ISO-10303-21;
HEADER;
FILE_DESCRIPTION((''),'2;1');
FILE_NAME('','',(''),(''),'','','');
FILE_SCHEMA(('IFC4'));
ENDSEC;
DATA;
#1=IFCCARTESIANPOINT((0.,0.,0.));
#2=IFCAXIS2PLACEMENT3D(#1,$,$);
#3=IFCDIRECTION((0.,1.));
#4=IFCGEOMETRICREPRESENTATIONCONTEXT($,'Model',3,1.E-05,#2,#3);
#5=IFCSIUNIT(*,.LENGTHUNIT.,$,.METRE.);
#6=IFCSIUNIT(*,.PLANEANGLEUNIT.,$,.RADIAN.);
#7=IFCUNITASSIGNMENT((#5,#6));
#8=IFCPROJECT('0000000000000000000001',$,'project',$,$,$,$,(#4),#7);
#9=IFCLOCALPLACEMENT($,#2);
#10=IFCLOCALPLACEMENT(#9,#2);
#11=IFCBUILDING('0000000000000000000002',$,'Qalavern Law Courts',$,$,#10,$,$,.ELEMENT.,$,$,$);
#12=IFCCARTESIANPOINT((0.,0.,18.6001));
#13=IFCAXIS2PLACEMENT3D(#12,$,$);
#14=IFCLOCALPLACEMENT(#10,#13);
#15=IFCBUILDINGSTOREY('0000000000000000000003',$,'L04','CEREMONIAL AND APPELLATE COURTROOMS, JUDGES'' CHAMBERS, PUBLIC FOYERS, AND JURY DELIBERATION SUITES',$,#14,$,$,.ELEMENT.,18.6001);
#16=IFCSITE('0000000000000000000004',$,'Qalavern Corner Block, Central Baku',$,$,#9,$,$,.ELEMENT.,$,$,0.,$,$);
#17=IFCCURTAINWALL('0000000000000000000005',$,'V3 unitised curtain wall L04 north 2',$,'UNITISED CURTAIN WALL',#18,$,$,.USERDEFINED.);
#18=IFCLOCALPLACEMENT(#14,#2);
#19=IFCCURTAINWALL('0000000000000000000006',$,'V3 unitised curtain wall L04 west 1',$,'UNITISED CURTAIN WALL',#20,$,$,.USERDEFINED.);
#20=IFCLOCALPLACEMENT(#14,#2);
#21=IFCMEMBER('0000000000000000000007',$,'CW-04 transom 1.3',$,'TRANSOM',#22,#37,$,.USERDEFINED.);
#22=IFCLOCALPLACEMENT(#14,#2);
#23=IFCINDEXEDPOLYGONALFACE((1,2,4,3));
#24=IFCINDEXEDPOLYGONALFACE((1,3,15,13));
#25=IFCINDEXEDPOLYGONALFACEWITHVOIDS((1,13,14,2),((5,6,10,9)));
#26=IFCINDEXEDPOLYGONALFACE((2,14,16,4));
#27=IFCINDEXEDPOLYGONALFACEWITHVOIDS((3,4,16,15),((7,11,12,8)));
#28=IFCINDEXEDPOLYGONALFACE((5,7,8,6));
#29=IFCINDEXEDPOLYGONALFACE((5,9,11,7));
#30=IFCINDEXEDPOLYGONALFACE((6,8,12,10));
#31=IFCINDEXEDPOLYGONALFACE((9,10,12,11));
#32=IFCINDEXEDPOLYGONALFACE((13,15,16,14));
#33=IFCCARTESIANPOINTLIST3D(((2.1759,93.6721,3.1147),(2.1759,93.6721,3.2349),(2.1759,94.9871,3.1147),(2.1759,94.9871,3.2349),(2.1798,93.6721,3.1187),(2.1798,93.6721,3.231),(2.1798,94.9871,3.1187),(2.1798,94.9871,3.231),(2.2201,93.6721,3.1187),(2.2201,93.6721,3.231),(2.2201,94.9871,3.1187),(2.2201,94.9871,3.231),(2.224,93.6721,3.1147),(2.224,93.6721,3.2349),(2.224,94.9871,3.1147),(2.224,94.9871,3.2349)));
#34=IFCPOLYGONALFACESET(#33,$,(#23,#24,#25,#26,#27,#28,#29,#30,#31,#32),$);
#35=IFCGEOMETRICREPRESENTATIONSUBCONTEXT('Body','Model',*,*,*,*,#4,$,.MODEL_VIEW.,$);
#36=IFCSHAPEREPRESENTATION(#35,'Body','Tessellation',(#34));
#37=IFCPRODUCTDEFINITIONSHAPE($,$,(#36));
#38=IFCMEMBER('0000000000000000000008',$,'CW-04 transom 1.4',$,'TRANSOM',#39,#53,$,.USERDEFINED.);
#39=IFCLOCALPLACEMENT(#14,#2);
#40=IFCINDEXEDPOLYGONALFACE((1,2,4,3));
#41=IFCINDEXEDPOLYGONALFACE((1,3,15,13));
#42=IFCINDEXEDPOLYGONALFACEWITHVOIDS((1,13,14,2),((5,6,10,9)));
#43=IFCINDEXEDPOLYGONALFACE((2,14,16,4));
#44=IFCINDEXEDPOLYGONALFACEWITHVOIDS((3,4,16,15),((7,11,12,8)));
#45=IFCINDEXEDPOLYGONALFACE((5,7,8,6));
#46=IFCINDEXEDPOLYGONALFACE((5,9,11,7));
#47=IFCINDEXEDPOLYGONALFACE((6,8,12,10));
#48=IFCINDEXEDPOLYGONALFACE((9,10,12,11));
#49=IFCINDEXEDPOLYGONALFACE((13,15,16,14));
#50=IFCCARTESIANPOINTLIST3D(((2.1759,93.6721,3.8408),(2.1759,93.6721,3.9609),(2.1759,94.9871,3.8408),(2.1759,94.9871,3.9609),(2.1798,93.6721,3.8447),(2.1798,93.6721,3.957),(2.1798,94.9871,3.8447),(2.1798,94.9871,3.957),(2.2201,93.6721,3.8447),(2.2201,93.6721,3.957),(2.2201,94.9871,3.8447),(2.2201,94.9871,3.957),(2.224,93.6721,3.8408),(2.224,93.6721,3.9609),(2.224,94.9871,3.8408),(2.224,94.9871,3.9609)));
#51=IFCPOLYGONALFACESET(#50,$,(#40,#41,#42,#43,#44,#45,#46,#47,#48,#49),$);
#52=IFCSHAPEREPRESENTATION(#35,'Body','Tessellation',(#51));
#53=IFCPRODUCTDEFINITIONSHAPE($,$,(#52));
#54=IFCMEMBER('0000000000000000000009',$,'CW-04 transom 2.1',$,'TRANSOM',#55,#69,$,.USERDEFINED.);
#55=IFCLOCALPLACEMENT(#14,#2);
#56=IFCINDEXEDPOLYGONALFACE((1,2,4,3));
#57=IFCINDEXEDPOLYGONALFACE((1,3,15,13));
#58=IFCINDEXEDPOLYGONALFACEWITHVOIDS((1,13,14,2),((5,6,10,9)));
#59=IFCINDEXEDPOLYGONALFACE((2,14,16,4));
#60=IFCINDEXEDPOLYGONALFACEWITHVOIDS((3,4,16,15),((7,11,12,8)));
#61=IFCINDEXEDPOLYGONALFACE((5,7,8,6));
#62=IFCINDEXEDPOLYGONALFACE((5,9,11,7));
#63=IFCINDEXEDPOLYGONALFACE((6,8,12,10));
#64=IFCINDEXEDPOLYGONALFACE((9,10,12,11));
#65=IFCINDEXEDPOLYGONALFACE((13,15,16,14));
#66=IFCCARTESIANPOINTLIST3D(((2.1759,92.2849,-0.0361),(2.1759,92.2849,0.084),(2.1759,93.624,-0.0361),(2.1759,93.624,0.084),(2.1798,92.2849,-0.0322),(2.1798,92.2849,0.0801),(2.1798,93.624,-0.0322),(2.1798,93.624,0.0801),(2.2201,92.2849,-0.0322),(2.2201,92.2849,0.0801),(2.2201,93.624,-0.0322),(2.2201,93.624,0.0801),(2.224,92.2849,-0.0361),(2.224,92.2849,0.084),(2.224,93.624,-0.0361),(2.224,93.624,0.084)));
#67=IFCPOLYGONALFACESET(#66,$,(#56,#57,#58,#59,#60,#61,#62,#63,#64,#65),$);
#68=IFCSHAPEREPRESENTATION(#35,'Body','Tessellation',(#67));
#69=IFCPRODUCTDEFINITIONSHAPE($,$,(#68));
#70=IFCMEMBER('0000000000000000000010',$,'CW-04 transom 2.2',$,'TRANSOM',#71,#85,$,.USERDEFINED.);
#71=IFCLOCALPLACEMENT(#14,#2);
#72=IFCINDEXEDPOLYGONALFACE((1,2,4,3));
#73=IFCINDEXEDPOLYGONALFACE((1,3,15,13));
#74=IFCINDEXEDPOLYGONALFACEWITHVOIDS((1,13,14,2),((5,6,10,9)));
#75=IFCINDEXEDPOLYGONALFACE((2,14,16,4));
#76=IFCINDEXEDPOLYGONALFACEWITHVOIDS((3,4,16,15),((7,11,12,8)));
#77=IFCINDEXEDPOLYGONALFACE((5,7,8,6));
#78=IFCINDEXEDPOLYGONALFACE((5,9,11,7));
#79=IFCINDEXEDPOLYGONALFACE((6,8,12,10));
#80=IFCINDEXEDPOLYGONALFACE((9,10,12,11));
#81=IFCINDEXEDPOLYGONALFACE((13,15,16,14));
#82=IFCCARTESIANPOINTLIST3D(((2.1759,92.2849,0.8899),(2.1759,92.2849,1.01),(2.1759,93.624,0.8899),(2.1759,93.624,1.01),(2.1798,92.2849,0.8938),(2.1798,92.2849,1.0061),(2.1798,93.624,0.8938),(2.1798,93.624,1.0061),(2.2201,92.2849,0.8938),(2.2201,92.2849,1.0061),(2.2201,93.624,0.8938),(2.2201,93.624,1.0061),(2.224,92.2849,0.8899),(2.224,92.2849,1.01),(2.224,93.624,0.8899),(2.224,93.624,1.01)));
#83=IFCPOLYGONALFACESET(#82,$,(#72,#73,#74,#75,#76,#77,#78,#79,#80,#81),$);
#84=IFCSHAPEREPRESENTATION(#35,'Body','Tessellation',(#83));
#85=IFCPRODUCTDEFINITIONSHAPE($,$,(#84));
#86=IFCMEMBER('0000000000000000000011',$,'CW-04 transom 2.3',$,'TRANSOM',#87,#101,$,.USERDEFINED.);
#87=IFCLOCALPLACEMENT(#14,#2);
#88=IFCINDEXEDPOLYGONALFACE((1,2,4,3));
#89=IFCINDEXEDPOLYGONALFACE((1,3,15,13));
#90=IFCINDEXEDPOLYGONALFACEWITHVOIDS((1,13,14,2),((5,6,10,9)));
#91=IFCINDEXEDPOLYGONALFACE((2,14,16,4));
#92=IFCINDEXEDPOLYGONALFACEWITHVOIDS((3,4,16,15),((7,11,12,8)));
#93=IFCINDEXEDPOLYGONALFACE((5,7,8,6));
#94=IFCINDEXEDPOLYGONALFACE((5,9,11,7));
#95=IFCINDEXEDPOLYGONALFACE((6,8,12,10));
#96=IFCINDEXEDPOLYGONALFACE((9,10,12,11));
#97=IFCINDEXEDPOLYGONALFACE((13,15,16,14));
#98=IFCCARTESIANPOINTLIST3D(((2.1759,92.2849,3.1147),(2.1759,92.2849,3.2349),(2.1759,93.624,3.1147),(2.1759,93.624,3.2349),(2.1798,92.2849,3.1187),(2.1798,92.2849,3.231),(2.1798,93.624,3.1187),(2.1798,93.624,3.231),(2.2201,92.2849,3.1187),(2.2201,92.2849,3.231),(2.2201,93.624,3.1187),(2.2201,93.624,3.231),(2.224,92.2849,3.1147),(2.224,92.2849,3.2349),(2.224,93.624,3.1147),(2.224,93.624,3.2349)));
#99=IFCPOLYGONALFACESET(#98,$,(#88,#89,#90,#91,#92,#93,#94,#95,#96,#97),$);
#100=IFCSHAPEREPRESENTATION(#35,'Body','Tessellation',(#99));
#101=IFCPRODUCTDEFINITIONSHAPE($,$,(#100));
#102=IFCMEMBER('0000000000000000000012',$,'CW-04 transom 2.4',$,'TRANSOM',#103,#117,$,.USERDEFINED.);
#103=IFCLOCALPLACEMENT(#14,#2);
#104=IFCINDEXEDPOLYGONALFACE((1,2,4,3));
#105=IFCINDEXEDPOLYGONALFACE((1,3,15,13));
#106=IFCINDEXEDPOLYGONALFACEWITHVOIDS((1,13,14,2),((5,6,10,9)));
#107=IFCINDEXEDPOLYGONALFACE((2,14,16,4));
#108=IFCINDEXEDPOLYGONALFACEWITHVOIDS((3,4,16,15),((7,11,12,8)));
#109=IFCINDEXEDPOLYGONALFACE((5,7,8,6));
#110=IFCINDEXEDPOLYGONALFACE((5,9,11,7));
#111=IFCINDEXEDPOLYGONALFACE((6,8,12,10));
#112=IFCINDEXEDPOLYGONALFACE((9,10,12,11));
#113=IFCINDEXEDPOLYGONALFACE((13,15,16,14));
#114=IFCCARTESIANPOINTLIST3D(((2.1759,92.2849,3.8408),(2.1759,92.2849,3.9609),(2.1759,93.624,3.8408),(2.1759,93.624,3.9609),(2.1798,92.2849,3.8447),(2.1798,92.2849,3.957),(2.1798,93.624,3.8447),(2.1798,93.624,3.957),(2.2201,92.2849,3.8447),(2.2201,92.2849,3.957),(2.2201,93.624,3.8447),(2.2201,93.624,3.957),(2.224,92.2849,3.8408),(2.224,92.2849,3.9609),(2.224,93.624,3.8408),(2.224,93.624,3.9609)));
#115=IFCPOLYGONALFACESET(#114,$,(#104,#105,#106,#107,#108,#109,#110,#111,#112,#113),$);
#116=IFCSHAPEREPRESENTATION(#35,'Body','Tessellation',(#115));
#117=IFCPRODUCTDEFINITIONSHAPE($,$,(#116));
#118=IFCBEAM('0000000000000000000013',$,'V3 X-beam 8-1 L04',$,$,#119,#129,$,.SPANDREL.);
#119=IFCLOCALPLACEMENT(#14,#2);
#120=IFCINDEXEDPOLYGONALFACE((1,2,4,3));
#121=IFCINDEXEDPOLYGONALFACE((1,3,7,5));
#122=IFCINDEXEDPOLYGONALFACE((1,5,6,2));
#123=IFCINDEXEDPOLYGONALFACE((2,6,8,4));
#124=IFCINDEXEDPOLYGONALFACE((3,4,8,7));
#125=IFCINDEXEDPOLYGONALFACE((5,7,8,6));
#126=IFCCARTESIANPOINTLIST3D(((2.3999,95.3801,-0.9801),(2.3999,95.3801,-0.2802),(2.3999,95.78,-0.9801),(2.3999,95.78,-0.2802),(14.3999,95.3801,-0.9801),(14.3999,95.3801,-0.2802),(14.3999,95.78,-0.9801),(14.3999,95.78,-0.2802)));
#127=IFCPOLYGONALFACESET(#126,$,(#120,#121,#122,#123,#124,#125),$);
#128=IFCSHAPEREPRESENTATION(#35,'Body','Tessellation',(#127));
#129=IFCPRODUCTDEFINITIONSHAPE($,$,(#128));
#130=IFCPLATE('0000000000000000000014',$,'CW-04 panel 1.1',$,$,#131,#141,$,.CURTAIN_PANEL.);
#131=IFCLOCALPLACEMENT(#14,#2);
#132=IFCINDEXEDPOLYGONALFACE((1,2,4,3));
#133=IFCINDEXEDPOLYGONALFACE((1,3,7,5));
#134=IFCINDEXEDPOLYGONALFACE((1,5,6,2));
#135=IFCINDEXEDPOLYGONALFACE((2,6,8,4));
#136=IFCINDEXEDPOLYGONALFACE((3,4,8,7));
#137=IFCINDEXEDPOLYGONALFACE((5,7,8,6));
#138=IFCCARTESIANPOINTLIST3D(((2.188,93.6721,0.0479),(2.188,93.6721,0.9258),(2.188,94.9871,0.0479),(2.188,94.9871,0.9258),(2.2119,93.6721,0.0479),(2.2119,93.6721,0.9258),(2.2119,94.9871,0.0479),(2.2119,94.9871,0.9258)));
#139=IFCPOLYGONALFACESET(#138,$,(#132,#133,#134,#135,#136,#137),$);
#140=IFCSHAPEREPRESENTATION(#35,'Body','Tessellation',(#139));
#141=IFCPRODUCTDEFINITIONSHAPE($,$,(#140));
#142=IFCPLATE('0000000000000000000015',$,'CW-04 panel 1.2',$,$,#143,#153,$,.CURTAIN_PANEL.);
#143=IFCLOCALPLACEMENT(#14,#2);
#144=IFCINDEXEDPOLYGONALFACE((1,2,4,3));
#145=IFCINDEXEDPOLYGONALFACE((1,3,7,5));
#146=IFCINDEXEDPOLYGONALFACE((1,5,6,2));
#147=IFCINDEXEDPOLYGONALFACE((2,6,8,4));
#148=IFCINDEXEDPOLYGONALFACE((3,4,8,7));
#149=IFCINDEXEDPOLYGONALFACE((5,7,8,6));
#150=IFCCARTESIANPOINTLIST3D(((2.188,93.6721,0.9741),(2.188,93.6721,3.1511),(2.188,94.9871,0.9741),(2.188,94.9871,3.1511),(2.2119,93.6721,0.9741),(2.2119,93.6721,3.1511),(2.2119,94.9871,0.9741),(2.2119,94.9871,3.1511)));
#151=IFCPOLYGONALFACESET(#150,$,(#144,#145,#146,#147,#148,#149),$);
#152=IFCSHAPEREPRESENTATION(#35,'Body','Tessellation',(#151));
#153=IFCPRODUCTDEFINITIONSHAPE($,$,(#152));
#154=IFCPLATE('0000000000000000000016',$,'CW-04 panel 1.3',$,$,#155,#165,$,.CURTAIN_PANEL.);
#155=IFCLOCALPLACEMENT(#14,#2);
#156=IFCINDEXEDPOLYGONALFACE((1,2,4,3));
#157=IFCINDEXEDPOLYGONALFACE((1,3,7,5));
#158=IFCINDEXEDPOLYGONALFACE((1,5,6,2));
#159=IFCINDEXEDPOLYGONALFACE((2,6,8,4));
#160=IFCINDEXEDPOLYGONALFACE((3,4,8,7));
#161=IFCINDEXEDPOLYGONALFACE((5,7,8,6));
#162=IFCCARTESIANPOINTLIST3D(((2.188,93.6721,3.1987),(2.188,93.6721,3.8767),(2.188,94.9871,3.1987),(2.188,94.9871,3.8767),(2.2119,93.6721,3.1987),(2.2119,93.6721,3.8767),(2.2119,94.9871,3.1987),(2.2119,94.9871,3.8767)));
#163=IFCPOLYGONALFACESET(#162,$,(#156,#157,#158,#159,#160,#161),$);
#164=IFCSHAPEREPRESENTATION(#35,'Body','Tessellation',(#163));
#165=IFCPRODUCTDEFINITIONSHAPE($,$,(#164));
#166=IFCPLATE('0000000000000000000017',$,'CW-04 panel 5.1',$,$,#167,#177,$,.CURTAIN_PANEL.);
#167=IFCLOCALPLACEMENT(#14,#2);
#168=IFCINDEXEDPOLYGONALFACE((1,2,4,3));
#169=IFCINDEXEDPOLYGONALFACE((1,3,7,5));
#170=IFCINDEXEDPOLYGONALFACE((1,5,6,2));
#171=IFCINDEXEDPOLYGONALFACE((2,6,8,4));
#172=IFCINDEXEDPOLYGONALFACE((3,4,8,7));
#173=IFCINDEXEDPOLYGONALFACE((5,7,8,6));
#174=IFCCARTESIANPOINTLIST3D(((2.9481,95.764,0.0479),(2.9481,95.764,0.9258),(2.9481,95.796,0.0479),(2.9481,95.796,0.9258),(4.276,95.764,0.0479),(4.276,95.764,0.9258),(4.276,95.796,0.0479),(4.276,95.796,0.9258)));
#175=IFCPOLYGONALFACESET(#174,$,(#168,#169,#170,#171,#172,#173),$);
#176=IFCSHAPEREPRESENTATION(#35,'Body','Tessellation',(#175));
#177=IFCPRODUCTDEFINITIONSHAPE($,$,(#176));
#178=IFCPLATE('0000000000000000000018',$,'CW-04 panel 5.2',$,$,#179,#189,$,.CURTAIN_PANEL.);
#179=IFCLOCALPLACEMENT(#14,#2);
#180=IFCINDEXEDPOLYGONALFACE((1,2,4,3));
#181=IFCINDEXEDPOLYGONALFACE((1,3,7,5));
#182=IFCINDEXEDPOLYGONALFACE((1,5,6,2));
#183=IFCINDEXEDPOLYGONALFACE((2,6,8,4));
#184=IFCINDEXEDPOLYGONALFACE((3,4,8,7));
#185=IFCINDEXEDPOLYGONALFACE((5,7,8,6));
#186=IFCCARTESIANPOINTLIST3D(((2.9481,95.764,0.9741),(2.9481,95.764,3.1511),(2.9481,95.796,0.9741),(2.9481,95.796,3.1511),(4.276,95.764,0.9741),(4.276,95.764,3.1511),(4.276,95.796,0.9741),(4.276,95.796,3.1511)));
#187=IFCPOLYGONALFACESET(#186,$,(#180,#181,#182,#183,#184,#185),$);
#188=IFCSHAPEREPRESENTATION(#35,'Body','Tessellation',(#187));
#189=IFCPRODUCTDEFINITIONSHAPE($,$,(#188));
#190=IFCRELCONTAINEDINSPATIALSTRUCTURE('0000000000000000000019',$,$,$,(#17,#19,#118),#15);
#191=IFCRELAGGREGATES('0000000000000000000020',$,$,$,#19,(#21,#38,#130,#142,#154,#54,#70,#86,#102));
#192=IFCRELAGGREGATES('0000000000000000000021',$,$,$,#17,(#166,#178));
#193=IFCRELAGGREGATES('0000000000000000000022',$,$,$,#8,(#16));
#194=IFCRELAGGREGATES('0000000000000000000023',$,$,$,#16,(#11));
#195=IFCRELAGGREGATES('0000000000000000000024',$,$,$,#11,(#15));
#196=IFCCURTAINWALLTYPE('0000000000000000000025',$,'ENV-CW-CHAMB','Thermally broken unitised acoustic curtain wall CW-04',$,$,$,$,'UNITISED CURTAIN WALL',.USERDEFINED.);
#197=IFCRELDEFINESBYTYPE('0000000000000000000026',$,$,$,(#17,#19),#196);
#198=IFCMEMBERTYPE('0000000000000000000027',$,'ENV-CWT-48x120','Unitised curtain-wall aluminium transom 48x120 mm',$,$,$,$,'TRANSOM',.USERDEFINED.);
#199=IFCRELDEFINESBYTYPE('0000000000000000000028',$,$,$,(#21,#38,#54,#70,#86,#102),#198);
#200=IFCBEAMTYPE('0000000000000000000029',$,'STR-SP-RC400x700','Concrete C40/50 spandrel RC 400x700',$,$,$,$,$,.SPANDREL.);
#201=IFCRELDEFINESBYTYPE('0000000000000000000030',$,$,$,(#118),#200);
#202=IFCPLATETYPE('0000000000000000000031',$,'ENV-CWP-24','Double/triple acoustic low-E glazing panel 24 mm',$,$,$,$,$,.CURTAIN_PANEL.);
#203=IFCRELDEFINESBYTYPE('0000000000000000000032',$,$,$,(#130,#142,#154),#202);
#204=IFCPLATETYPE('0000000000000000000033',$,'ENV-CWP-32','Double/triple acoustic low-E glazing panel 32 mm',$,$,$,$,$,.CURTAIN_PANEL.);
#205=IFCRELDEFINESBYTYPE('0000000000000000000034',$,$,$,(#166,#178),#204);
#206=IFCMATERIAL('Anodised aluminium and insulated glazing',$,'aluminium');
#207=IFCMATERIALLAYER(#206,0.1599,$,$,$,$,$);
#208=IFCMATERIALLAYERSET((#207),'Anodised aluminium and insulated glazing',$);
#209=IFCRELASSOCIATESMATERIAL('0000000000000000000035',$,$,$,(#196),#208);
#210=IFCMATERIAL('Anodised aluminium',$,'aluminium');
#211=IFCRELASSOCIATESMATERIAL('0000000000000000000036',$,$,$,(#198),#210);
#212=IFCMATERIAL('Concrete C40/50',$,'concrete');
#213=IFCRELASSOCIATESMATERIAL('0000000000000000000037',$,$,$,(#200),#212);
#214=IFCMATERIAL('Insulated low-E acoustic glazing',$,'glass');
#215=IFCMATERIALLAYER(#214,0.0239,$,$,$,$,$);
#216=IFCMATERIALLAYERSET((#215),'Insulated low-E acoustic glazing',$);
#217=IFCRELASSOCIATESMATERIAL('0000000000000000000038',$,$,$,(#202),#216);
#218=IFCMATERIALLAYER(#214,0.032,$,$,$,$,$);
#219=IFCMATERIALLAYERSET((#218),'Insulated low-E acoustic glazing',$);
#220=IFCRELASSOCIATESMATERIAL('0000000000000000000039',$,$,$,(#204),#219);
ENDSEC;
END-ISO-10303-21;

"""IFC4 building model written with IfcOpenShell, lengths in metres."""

from ifc_helpers import new_model, si_unit, direction, frame, origin, origin_2d, place, context, subcontext, project, spatial, rectangle, hollow_rectangle, extrude, material, layer, layer_set, material_profile, profile_set, type_object, element, aggregate, save


model = new_model("IFC4")

# Units and contexts
model_context = context("Model", 3, precision=1e-05, world=origin(), true_north=direction((0.0, 1.0)))
body_context = subcontext(model_context, "Body", "Model", "MODEL_VIEW")
ifc_project = project(units=[si_unit("LENGTHUNIT", "METRE"), si_unit("PLANEANGLEUNIT", "RADIAN")], contexts=[model_context])

# Site, building, storey
site_placement = place(None, origin())
site = spatial("IfcSite", under=ifc_project, at=site_placement, Name="Qalavern Corner Block, Central Baku", CompositionType="ELEMENT", RefElevation=0.0)
building_placement = place(site_placement, origin())
building = spatial("IfcBuilding", under=site, at=building_placement, Name="Qalavern Law Courts", CompositionType="ELEMENT")
storey_placement = place(building_placement, frame((0.0, 0.0, 18.6001)))
storey = spatial("IfcBuildingStorey", under=building, at=storey_placement, Name="L04", Description="CEREMONIAL AND APPELLATE COURTROOMS, JUDGES' CHAMBERS, PUBLIC FOYERS, AND JURY DELIBERATION SUITES", CompositionType="ELEMENT", Elevation=18.6001)

# Curtain wall
ifc_material_1 = material(Name="Anodised aluminium and insulated glazing", Category="aluminium")
ifc_layer_1 = layer(ifc_material_1, 0.1599)
ifc_layer_set_1 = layer_set([ifc_layer_1], Name="Anodised aluminium and insulated glazing")
curtain_wall_type_1 = type_object("IfcCurtainWallType", Name="ENV-CW-CHAMB", Description="Thermally broken unitised acoustic curtain wall CW-04", ElementType="UNITISED CURTAIN WALL", PredefinedType="USERDEFINED", material=ifc_layer_set_1)
curtain_wall_1_placement = place(storey_placement, origin())
curtain_wall_1 = element("IfcCurtainWall", 1, at=curtain_wall_1_placement, inside=storey, type_object=curtain_wall_type_1, Name="V3 unitised curtain wall L04 north 2", ObjectType="UNITISED CURTAIN WALL", PredefinedType="USERDEFINED")
ifc_material_2 = material(Name="Anodised aluminium", Category="aluminium")

# Curtain wall
curtain_wall_2_placement = place(storey_placement, origin())
curtain_wall_2 = element("IfcCurtainWall", 2, at=curtain_wall_2_placement, inside=storey, type_object=curtain_wall_type_1, Name="V3 unitised curtain wall L04 west 1", ObjectType="UNITISED CURTAIN WALL", PredefinedType="USERDEFINED")

# Members
ifc_material_profile_1 = material_profile(ifc_material_2, hollow_rectangle(XDim=0.0481, YDim=0.1201, WallThickness=0.0039, at=origin_2d()), Name="ALU TRANSOM 48x120")
ifc_profile_set_1 = profile_set([ifc_material_profile_1], Name="Anodised aluminium")
member_type_1 = type_object("IfcMemberType", Name="ENV-CWT-48x120", Description="Unitised curtain-wall aluminium transom 48x120 mm", ElementType="TRANSOM", PredefinedType="USERDEFINED", material=ifc_profile_set_1)
member_1_placement = place(storey_placement, frame((2.2, 94.9871, 3.1748), z_axis=(0.0, -1.0, 0.0), x_axis=(1.0, 0.0, 0.0)))
member_1 = element("IfcMember", 3, at=member_1_placement, type_object=member_type_1, Name="CW-04 transom 1.3", ObjectType="TRANSOM", PredefinedType="USERDEFINED", context=body_context, shape_type="SweptSolid", body=[
    extrude(hollow_rectangle(XDim=0.0481, YDim=0.1201, WallThickness=0.0039, at=origin_2d()), origin(), (0.0, 0.0, 1.0), 1.3149),
])
member_2_placement = place(storey_placement, frame((2.2, 94.9871, 3.9009), z_axis=(0.0, -1.0, 0.0), x_axis=(1.0, 0.0, 0.0)))
member_2 = element("IfcMember", 4, at=member_2_placement, type_object=member_type_1, Name="CW-04 transom 1.4", ObjectType="TRANSOM", PredefinedType="USERDEFINED", context=body_context, shape_type="SweptSolid", body=[
    extrude(hollow_rectangle(XDim=0.0481, YDim=0.1201, WallThickness=0.0039, at=origin_2d()), origin(), (0.0, 0.0, 1.0), 1.3149),
])
member_3_placement = place(storey_placement, frame((2.2, 93.624, 0.0239), z_axis=(0.0, -1.0, 0.0), x_axis=(1.0, 0.0, 0.0)))
member_3 = element("IfcMember", 5, at=member_3_placement, type_object=member_type_1, Name="CW-04 transom 2.1", ObjectType="TRANSOM", PredefinedType="USERDEFINED", context=body_context, shape_type="SweptSolid", body=[
    extrude(hollow_rectangle(XDim=0.0481, YDim=0.1201, WallThickness=0.0039, at=origin_2d()), origin(), (0.0, 0.0, 1.0), 1.3391),
])
member_4_placement = place(storey_placement, frame((2.2, 93.624, 0.95), z_axis=(0.0, -1.0, 0.0), x_axis=(1.0, 0.0, 0.0)))
member_4 = element("IfcMember", 6, at=member_4_placement, type_object=member_type_1, Name="CW-04 transom 2.2", ObjectType="TRANSOM", PredefinedType="USERDEFINED", context=body_context, shape_type="SweptSolid", body=[
    extrude(hollow_rectangle(XDim=0.0481, YDim=0.1201, WallThickness=0.0039, at=origin_2d()), origin(), (0.0, 0.0, 1.0), 1.3391),
])
member_5_placement = place(storey_placement, frame((2.2, 93.624, 3.1748), z_axis=(0.0, -1.0, 0.0), x_axis=(1.0, 0.0, 0.0)))
member_5 = element("IfcMember", 7, at=member_5_placement, type_object=member_type_1, Name="CW-04 transom 2.3", ObjectType="TRANSOM", PredefinedType="USERDEFINED", context=body_context, shape_type="SweptSolid", body=[
    extrude(hollow_rectangle(XDim=0.0481, YDim=0.1201, WallThickness=0.0039, at=origin_2d()), origin(), (0.0, 0.0, 1.0), 1.3391),
])
member_6_placement = place(storey_placement, frame((2.2, 93.624, 3.9009), z_axis=(0.0, -1.0, 0.0), x_axis=(1.0, 0.0, 0.0)))
member_6 = element("IfcMember", 8, at=member_6_placement, type_object=member_type_1, Name="CW-04 transom 2.4", ObjectType="TRANSOM", PredefinedType="USERDEFINED", context=body_context, shape_type="SweptSolid", body=[
    extrude(hollow_rectangle(XDim=0.0481, YDim=0.1201, WallThickness=0.0039, at=origin_2d()), origin(), (0.0, 0.0, 1.0), 1.3391),
])

# Beam
ifc_material_3 = material(Name="Concrete C40/50", Category="concrete")
ifc_material_profile_2 = material_profile(ifc_material_3, rectangle(XDim=0.3999, YDim=0.7, at=origin_2d()), Name="RC 400x700")
ifc_profile_set_2 = profile_set([ifc_material_profile_2], Name="Concrete C40/50")
beam_type = type_object("IfcBeamType", Name="STR-SP-RC400x700", Description="Concrete C40/50 spandrel RC 400x700", PredefinedType="SPANDREL", material=ifc_profile_set_2)
beam_placement = place(storey_placement, frame((2.3999, 95.5801, -0.6301), z_axis=(1.0, 0.0, 0.0), x_axis=(0.0, 1.0, 0.0)))
element("IfcBeam", 9, at=beam_placement, inside=storey, type_object=beam_type, Name="V3 X-beam 8-1 L04", PredefinedType="SPANDREL", context=body_context, shape_type="SweptSolid", body=[
    extrude(rectangle(XDim=0.3999, YDim=0.7, at=origin_2d()), origin(), (0.0, 0.0, 1.0), 12.0),
])

# Plates
ifc_material_4 = material(Name="Insulated low-E acoustic glazing", Category="glass")
ifc_layer_2 = layer(ifc_material_4, 0.0239)
ifc_layer_set_2 = layer_set([ifc_layer_2], Name="Insulated low-E acoustic glazing")
plate_type_1 = type_object("IfcPlateType", Name="ENV-CWP-24", Description="Double/triple acoustic low-E glazing panel 24 mm", PredefinedType="CURTAIN_PANEL", material=ifc_layer_set_2)
plate_1_placement = place(storey_placement, frame((2.2, 94.3296, 0.0479), z_axis=(0.0, 0.0, 1.0), x_axis=(0.0, -1.0, 0.0)))
plate_1 = element("IfcPlate", 10, at=plate_1_placement, type_object=plate_type_1, Name="CW-04 panel 1.1", PredefinedType="CURTAIN_PANEL", context=body_context, shape_type="SweptSolid", body=[
    extrude(rectangle(XDim=1.3149, YDim=0.0239, at=origin_2d()), origin(), (0.0, 0.0, 1.0), 0.8779),
])
plate_2_placement = place(storey_placement, frame((2.2, 94.3296, 0.9741), z_axis=(0.0, 0.0, 1.0), x_axis=(0.0, -1.0, 0.0)))
plate_2 = element("IfcPlate", 11, at=plate_2_placement, type_object=plate_type_1, Name="CW-04 panel 1.2", PredefinedType="CURTAIN_PANEL", context=body_context, shape_type="SweptSolid", body=[
    extrude(rectangle(XDim=1.3149, YDim=0.0239, at=origin_2d()), origin(), (0.0, 0.0, 1.0), 2.177),
])
plate_3_placement = place(storey_placement, frame((2.2, 94.3296, 3.1987), z_axis=(0.0, 0.0, 1.0), x_axis=(0.0, -1.0, 0.0)))
plate_3 = element("IfcPlate", 12, at=plate_3_placement, type_object=plate_type_1, Name="CW-04 panel 1.3", PredefinedType="CURTAIN_PANEL", context=body_context, shape_type="SweptSolid", body=[
    extrude(rectangle(XDim=1.3149, YDim=0.0239, at=origin_2d()), origin(), (0.0, 0.0, 1.0), 0.678),
])
aggregate(curtain_wall_2, [member_1, member_2, plate_1, plate_2, plate_3, member_3, member_4, member_5, member_6])
ifc_layer_3 = layer(ifc_material_4, 0.032)
ifc_layer_set_3 = layer_set([ifc_layer_3], Name="Insulated low-E acoustic glazing")
plate_type_2 = type_object("IfcPlateType", Name="ENV-CWP-32", Description="Double/triple acoustic low-E glazing panel 32 mm", PredefinedType="CURTAIN_PANEL", material=ifc_layer_set_3)
plate_4_placement = place(storey_placement, frame((3.6121, 95.78, 0.0479), z_axis=(0.0, 0.0, 1.0), x_axis=(-1.0, 0.0, 0.0)))
plate_4 = element("IfcPlate", 13, at=plate_4_placement, type_object=plate_type_2, Name="CW-04 panel 5.1", PredefinedType="CURTAIN_PANEL", context=body_context, shape_type="SweptSolid", body=[
    extrude(rectangle(XDim=1.3279, YDim=0.032, at=origin_2d()), origin(), (0.0, 0.0, 1.0), 0.8779),
])
plate_5_placement = place(storey_placement, frame((3.6121, 95.78, 0.9741), z_axis=(0.0, 0.0, 1.0), x_axis=(-1.0, 0.0, 0.0)))
plate_5 = element("IfcPlate", 14, at=plate_5_placement, type_object=plate_type_2, Name="CW-04 panel 5.2", PredefinedType="CURTAIN_PANEL", context=body_context, shape_type="SweptSolid", body=[
    extrude(rectangle(XDim=1.3279, YDim=0.032, at=origin_2d()), origin(), (0.0, 0.0, 1.0), 2.177),
])
aggregate(curtain_wall_1, [plate_4, plate_5])

save(model, "model.ifc")
